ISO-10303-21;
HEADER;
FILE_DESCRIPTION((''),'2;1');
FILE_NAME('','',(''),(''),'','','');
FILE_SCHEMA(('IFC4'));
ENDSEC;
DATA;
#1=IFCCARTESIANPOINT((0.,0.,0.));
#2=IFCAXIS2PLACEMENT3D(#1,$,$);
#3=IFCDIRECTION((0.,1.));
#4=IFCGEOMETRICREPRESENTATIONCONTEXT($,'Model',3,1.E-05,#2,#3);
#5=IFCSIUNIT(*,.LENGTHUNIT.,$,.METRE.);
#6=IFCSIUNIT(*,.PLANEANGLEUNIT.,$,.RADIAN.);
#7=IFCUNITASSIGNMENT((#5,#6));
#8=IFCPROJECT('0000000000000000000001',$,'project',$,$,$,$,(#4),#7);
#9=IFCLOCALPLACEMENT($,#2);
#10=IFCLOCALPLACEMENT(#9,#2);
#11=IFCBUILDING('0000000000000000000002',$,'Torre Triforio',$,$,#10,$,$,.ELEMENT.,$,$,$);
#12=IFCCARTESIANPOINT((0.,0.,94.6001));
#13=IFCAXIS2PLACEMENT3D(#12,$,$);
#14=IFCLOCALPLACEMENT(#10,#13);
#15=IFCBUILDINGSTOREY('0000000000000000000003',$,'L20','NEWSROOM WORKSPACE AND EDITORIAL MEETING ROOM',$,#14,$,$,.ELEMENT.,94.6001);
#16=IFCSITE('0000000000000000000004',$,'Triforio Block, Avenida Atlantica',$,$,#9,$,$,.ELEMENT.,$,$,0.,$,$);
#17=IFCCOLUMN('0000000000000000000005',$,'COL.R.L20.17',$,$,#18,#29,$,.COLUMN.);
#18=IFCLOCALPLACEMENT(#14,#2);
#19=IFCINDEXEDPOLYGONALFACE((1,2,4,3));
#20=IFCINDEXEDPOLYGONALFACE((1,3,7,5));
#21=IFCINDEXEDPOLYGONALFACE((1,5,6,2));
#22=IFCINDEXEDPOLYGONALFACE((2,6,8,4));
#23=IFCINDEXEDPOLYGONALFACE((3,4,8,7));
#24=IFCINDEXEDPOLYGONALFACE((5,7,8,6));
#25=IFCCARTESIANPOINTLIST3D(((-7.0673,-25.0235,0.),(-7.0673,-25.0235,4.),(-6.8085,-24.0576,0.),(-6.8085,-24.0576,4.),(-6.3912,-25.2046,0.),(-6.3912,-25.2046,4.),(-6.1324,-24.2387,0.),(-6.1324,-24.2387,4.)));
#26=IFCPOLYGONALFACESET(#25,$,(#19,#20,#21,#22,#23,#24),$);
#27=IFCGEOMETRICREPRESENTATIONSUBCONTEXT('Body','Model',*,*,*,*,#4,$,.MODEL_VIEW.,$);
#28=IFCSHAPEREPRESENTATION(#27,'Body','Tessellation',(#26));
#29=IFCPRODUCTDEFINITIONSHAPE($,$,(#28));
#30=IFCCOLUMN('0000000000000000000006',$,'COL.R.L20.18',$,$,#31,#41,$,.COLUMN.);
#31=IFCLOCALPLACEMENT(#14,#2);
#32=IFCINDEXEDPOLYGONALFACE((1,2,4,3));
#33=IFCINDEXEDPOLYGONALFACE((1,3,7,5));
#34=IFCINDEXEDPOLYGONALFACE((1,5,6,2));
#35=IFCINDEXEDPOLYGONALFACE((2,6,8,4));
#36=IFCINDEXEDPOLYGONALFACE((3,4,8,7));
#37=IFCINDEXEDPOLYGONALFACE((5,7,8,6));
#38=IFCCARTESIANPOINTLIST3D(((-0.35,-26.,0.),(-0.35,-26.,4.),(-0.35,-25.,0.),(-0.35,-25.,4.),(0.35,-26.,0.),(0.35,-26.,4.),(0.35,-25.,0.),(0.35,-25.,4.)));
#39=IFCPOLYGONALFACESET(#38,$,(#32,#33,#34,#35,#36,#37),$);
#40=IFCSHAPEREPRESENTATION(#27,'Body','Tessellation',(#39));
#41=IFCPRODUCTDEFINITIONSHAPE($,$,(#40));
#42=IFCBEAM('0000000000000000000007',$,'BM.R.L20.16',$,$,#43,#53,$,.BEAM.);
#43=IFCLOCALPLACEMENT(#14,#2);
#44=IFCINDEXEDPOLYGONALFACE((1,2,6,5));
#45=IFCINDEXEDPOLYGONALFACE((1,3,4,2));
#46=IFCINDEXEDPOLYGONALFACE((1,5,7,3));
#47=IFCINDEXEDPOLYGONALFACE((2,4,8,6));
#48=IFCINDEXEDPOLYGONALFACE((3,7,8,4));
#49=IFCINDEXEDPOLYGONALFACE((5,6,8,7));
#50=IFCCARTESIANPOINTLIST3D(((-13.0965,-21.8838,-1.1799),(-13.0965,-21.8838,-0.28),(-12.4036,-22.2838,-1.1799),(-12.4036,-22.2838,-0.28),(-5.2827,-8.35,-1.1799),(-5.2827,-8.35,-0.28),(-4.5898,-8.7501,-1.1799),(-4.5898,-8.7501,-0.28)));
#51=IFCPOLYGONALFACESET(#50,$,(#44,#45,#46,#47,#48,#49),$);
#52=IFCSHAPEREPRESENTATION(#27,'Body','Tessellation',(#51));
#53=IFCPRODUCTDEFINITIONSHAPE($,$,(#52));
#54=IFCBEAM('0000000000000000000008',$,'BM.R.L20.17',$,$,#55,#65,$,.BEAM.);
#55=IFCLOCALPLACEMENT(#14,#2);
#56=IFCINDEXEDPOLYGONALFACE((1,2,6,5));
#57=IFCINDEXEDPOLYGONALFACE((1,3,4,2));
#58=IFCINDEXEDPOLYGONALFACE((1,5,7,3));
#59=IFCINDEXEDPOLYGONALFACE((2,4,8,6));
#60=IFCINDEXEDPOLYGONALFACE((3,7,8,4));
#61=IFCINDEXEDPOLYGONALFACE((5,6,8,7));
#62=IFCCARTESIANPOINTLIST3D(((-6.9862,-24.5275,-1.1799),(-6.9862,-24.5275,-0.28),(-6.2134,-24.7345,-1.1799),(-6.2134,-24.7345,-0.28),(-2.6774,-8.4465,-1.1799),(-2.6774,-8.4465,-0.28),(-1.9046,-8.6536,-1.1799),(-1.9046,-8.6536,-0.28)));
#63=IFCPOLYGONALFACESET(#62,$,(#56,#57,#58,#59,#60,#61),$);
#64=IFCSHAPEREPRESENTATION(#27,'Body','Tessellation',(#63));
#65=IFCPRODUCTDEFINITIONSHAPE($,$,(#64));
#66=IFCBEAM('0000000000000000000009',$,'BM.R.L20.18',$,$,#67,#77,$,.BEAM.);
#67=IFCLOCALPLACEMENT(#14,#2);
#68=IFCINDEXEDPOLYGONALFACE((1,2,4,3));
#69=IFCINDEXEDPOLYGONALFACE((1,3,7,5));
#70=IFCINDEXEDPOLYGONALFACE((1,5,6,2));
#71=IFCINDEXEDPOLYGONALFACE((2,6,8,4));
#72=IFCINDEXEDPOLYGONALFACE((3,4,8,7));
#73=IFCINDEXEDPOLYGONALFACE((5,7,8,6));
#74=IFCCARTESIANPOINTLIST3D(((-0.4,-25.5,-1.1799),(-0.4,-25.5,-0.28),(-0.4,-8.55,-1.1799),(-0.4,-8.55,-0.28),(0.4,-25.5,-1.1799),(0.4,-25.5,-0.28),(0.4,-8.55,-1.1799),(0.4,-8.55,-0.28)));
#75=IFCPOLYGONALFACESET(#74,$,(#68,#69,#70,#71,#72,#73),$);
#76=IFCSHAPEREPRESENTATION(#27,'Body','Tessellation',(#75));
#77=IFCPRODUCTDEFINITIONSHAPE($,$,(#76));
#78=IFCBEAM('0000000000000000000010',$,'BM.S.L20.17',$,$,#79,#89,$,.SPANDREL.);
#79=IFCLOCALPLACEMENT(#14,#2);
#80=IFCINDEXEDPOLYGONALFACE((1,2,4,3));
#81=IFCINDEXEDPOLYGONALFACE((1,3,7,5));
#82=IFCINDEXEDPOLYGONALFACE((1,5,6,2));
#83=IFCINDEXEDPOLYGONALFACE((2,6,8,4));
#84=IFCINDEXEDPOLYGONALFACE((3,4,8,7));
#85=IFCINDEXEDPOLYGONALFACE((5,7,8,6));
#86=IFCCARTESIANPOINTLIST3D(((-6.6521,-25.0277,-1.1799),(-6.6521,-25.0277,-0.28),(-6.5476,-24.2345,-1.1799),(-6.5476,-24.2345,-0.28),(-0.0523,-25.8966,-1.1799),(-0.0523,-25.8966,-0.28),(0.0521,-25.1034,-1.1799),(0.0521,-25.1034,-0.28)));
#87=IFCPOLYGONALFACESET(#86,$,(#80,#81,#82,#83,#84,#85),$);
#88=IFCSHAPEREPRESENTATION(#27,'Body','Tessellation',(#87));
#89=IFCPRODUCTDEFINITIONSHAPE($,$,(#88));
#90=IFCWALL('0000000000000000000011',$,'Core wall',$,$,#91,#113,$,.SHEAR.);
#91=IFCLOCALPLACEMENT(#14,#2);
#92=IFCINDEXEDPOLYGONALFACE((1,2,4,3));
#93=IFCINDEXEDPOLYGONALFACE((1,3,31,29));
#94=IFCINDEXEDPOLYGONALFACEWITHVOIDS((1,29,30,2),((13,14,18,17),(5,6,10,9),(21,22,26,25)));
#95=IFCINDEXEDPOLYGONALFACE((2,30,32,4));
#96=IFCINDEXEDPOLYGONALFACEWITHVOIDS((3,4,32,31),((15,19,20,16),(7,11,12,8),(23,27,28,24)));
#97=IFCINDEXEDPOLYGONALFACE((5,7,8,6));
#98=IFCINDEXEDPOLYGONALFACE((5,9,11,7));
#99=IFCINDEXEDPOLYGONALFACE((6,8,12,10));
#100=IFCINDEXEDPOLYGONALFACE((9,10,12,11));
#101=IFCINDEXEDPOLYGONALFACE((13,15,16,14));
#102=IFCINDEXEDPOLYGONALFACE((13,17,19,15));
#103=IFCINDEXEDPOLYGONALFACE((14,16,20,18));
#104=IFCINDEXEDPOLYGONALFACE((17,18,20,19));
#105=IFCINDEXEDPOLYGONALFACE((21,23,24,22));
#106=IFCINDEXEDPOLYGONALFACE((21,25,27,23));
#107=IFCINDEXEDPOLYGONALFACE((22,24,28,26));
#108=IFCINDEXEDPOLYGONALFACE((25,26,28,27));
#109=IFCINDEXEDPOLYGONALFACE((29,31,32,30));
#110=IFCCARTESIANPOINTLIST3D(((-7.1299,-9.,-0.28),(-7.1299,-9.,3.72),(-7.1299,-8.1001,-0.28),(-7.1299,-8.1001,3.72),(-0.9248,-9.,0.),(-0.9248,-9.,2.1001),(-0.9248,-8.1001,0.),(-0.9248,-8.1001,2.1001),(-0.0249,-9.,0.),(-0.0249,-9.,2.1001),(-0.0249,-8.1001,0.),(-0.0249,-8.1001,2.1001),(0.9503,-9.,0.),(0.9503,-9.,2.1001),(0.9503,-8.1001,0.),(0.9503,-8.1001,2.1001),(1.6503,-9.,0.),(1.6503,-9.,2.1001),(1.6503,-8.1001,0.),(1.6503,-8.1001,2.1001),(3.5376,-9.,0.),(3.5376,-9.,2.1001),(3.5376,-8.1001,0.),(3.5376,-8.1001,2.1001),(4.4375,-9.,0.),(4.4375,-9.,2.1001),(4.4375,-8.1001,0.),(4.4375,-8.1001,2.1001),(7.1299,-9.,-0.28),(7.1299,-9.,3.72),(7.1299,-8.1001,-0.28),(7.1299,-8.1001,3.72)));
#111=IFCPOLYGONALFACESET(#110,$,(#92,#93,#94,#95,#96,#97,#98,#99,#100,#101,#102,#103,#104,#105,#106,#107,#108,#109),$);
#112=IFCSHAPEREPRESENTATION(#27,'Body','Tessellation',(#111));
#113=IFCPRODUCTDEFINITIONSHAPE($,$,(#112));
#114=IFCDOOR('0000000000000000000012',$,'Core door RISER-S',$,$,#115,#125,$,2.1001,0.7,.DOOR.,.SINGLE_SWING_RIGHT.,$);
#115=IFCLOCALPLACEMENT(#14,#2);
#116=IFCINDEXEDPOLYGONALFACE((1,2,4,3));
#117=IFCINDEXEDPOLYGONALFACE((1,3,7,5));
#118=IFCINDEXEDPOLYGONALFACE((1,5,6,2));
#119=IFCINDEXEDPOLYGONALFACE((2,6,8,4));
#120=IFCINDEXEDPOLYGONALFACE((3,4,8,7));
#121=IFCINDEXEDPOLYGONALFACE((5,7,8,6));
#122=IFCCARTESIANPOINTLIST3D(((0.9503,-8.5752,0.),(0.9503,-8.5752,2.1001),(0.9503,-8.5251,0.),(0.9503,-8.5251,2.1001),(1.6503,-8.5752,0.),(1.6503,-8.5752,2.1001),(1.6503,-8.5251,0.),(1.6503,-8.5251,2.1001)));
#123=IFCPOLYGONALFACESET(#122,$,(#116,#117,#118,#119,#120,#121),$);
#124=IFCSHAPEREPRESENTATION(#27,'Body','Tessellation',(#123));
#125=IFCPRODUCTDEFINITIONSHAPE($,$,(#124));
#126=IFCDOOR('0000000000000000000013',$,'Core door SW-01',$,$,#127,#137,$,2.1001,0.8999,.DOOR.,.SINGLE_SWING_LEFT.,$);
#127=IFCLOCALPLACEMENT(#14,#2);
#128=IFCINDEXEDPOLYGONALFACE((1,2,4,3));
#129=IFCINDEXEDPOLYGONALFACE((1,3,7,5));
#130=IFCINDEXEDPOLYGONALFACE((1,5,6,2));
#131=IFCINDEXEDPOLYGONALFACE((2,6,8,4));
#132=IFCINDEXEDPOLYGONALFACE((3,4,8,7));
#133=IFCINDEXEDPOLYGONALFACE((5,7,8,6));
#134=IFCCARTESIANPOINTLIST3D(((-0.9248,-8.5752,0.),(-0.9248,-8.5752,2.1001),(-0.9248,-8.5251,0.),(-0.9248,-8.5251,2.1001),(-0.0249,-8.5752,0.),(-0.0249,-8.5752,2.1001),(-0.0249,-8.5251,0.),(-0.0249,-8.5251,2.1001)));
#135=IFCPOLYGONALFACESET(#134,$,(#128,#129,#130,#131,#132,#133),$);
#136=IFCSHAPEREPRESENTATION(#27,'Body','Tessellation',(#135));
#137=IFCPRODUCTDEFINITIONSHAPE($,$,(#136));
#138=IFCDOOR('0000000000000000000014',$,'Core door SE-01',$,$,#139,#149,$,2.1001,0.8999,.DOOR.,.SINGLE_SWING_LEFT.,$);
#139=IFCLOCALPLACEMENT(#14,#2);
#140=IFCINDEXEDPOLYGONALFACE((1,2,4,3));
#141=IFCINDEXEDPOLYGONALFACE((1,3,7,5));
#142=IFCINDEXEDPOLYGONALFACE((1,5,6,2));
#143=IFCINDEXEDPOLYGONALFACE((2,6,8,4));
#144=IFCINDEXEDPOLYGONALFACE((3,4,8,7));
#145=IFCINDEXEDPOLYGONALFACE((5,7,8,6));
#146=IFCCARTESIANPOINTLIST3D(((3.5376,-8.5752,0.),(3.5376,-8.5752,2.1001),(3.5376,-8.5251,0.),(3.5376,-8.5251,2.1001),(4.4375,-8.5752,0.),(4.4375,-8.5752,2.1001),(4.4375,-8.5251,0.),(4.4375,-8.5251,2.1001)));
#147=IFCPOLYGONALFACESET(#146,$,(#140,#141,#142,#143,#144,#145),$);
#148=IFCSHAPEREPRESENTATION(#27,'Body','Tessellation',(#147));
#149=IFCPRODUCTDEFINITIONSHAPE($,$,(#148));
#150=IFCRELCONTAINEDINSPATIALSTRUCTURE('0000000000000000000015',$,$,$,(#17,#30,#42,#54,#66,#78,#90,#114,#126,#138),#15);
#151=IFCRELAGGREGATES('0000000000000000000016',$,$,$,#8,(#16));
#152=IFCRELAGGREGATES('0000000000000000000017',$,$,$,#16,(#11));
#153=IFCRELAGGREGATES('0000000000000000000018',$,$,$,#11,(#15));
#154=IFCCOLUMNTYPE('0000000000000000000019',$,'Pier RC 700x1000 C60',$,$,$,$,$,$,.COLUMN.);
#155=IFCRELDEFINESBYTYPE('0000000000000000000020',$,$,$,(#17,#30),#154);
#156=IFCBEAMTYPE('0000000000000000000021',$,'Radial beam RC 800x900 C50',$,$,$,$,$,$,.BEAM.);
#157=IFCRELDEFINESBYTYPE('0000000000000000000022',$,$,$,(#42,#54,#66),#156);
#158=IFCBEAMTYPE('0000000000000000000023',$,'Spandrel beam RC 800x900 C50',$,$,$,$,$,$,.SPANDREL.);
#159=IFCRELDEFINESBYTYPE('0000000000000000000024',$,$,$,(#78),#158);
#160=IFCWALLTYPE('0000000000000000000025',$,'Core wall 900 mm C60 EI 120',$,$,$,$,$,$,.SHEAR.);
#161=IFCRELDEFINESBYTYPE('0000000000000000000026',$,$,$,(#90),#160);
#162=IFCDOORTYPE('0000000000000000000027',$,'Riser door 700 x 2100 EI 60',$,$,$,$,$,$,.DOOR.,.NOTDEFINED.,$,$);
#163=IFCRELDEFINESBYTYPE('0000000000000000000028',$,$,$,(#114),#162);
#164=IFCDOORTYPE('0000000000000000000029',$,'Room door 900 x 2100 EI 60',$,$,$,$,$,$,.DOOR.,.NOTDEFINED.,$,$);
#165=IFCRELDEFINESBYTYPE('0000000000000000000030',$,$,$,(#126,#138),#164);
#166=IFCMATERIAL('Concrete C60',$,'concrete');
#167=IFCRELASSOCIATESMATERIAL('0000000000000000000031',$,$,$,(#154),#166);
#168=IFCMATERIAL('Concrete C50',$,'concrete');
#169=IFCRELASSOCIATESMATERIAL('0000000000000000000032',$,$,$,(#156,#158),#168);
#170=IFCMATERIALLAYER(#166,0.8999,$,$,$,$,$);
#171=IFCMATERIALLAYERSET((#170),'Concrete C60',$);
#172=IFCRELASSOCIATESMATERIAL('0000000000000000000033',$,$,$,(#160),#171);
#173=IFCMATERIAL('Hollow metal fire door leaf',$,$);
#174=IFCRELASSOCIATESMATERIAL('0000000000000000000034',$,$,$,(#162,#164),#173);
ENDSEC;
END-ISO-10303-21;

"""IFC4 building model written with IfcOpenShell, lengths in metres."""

from ifc_helpers import new_model, si_unit, direction, frame, frame_2d, origin, origin_2d, place, context, subcontext, project, spatial, rectangle, extrude, material, layer, layer_set, material_profile, profile_set, type_object, element, fill, save


model = new_model("IFC4")

# Units and contexts
model_context = context("Model", 3, precision=1e-05, world=origin(), true_north=direction((0.0, 1.0)))
body_context = subcontext(model_context, "Body", "Model", "MODEL_VIEW")
ifc_project = project(units=[si_unit("LENGTHUNIT", "METRE"), si_unit("PLANEANGLEUNIT", "RADIAN")], contexts=[model_context])

# Site, building, storey
site_placement = place(None, origin())
site = spatial("IfcSite", under=ifc_project, at=site_placement, Name="Triforio Block, Avenida Atlantica", CompositionType="ELEMENT", RefElevation=0.0)
building_placement = place(site_placement, origin())
building = spatial("IfcBuilding", under=site, at=building_placement, Name="Torre Triforio", CompositionType="ELEMENT")
storey_placement = place(building_placement, frame((0.0, 0.0, 94.6001)))
storey = spatial("IfcBuildingStorey", under=building, at=storey_placement, Name="L20", Description="NEWSROOM WORKSPACE AND EDITORIAL MEETING ROOM", CompositionType="ELEMENT", Elevation=94.6001)

# Columns
ifc_material_1 = material(Name="Concrete C60", Category="concrete")
ifc_material_profile_1 = material_profile(ifc_material_1, rectangle(XDim=0.7, YDim=1.0, at=origin_2d()), Name="RC 700x1000")
ifc_profile_set_1 = profile_set([ifc_material_profile_1], Name="Concrete C60")
column_type = type_object("IfcColumnType", Name="Pier RC 700x1000 C60", PredefinedType="COLUMN", material=ifc_profile_set_1)
for number, where, z_axis, x_axis, name in (
    (1, (-6.5999, -24.6311, 0.0), (0.0, 0.0, 1.0), (0.965926, -0.258819, 0.0), "COL.R.L20.17"),
    (2, (0.0, -25.5, 0.0), (0.0, 0.0, 1.0), (1.0, 0.0, 0.0), "COL.R.L20.18"),
):
    element("IfcColumn", number, at=place(storey_placement, frame(where, z_axis=z_axis, x_axis=x_axis)), inside=storey, type_object=column_type, Name=name, PredefinedType="COLUMN", context=body_context, shape_type="SweptSolid", body=[
        extrude(rectangle(XDim=0.7, YDim=1.0, at=origin_2d()), origin(), (0.0, 0.0, 1.0), 4.0),
    ])

# Beams
ifc_material_2 = material(Name="Concrete C50", Category="concrete")
ifc_material_profile_2 = material_profile(ifc_material_2, rectangle(XDim=0.8, YDim=0.8999, at=origin_2d()), Name="RC 800x900")
ifc_profile_set_2 = profile_set([ifc_material_profile_2], Name="Concrete C50")
beam_type_1 = type_object("IfcBeamType", Name="Radial beam RC 800x900 C50", PredefinedType="BEAM", material=ifc_profile_set_2)
beam_1_placement = place(storey_placement, frame((-4.9363, -8.55, -0.73), z_axis=(-0.500002, -0.866024, 0.0), x_axis=(0.866024, -0.500002, 0.0)))
element("IfcBeam", 3, at=beam_1_placement, inside=storey, type_object=beam_type_1, Name="BM.R.L20.16", PredefinedType="BEAM", context=body_context, shape_type="SweptSolid", body=[
    extrude(rectangle(XDim=0.8, YDim=0.8999, at=origin_2d()), origin(), (0.0, 0.0, 1.0), 15.6274),
])
beam_2_placement = place(storey_placement, frame((-2.291, -8.55, -0.73), z_axis=(-0.258815, -0.965927, 0.0), x_axis=(0.965927, -0.258815, 0.0)))
element("IfcBeam", 4, at=beam_2_placement, inside=storey, type_object=beam_type_1, Name="BM.R.L20.17", PredefinedType="BEAM", context=body_context, shape_type="SweptSolid", body=[
    extrude(rectangle(XDim=0.8, YDim=0.8999, at=origin_2d()), origin(), (0.0, 0.0, 1.0), 16.6482),
])
beam_3_placement = place(storey_placement, frame((0.0, -8.55, -0.73), z_axis=(0.0, -1.0, 0.0), x_axis=(1.0, 0.0, 0.0)))
element("IfcBeam", 5, at=beam_3_placement, inside=storey, type_object=beam_type_1, Name="BM.R.L20.18", PredefinedType="BEAM", context=body_context, shape_type="SweptSolid", body=[
    extrude(rectangle(XDim=0.8, YDim=0.8999, at=origin_2d()), origin(), (0.0, 0.0, 1.0), 16.95),
])
ifc_material_profile_3 = material_profile(ifc_material_2, rectangle(XDim=0.8, YDim=0.8999, at=origin_2d()), Name="RC 800x900")
ifc_profile_set_3 = profile_set([ifc_material_profile_3], Name="Concrete C50")
beam_type_2 = type_object("IfcBeamType", Name="Spandrel beam RC 800x900 C50", PredefinedType="SPANDREL", material=ifc_profile_set_3)
beam_4_placement = place(storey_placement, frame((-6.5999, -24.6311, -0.73), z_axis=(0.991445, -0.130528, 0.0), x_axis=(0.130528, 0.991445, 0.0)))
element("IfcBeam", 6, at=beam_4_placement, inside=storey, type_object=beam_type_2, Name="BM.S.L20.17", PredefinedType="SPANDREL", context=body_context, shape_type="SweptSolid", body=[
    extrude(rectangle(XDim=0.8, YDim=0.8999, at=origin_2d()), origin(), (0.0, 0.0, 1.0), 6.6567),
])

# Wall, openings, doors
ifc_layer_1 = layer(ifc_material_1, 0.8999)
ifc_layer_set_1 = layer_set([ifc_layer_1], Name="Concrete C60")
wall_type_1 = type_object("IfcWallType", Name="Core wall 900 mm C60 EI 120", PredefinedType="SHEAR", material=ifc_layer_set_1)
wall_1_placement = place(storey_placement, frame((-7.1299, -8.55, -0.28), z_axis=(0.0, 0.0, 1.0), x_axis=(1.0, 0.0, 0.0)))
wall_1 = element("IfcWall", 7, at=wall_1_placement, inside=storey, type_object=wall_type_1, Name="Core wall", PredefinedType="SHEAR", context=body_context, shape_type="SweptSolid", body=[
    extrude(rectangle(XDim=14.2598, YDim=0.8999, at=frame_2d((7.1299, 0.0))), origin(), (0.0, 0.0, 1.0), 4.0),
])
opening_1_placement = place(wall_1_placement, frame((8.0801, 0.0, 0.28)))
opening_1 = element("IfcOpeningElement", 8, at=opening_1_placement, cuts=wall_1, PredefinedType="OPENING", context=body_context, shape_type="SweptSolid", body=[
    extrude(rectangle(XDim=0.7, YDim=2.1001, at=frame_2d((0.3501, 1.05))), frame((0.0, 0.46, 0.0), z_axis=(0.0, -1.0, 0.0), x_axis=(1.0, 0.0, 0.0)), (0.0, 0.0, 1.0), 0.9199),
])
opening_2_placement = place(wall_1_placement, frame((6.2051, 0.0, 0.28)))
opening_2 = element("IfcOpeningElement", 9, at=opening_2_placement, cuts=wall_1, PredefinedType="OPENING", context=body_context, shape_type="SweptSolid", body=[
    extrude(rectangle(XDim=0.8999, YDim=2.1001, at=frame_2d((0.45, 1.05))), frame((0.0, 0.46, 0.0), z_axis=(0.0, -1.0, 0.0), x_axis=(1.0, 0.0, 0.0)), (0.0, 0.0, 1.0), 0.9199),
])
opening_3_placement = place(wall_1_placement, frame((10.6675, 0.0, 0.28)))
opening_3 = element("IfcOpeningElement", 10, at=opening_3_placement, cuts=wall_1, PredefinedType="OPENING", context=body_context, shape_type="SweptSolid", body=[
    extrude(rectangle(XDim=0.8999, YDim=2.1001, at=frame_2d((0.45, 1.05))), frame((0.0, 0.46, 0.0), z_axis=(0.0, -1.0, 0.0), x_axis=(1.0, 0.0, 0.0)), (0.0, 0.0, 1.0), 0.9199),
])
ifc_material_3 = material(Name="Hollow metal fire door leaf")
door_type_1 = type_object("IfcDoorType", Name="Riser door 700 x 2100 EI 60", OperationType="NOTDEFINED", PredefinedType="DOOR", material=ifc_material_3)
door_1_placement = place(opening_1_placement, origin())
door_1 = element("IfcDoor", 11, at=door_1_placement, inside=storey, type_object=door_type_1, Name="Core door RISER-S", OperationType="SINGLE_SWING_RIGHT", OverallHeight=2.1001, OverallWidth=0.7, PredefinedType="DOOR", context=body_context, shape_type="SweptSolid", body=[
    extrude(rectangle(XDim=0.7, YDim=2.1001, at=frame_2d((0.3501, 1.05))), frame((0.0, 0.0249, 0.0), z_axis=(0.0, -1.0, 0.0), x_axis=(1.0, 0.0, 0.0)), (0.0, 0.0, 1.0), 0.05),
])
fill(opening_1, door_1)
door_type_2 = type_object("IfcDoorType", Name="Room door 900 x 2100 EI 60", OperationType="NOTDEFINED", PredefinedType="DOOR", material=ifc_material_3)
door_2_placement = place(opening_2_placement, origin())
door_2 = element("IfcDoor", 12, at=door_2_placement, inside=storey, type_object=door_type_2, Name="Core door SW-01", OperationType="SINGLE_SWING_LEFT", OverallHeight=2.1001, OverallWidth=0.8999, PredefinedType="DOOR", context=body_context, shape_type="SweptSolid", body=[
    extrude(rectangle(XDim=0.8999, YDim=2.1001, at=frame_2d((0.45, 1.05))), frame((0.0, 0.0249, 0.0), z_axis=(0.0, -1.0, 0.0), x_axis=(1.0, 0.0, 0.0)), (0.0, 0.0, 1.0), 0.05),
])
fill(opening_2, door_2)
door_3_placement = place(opening_3_placement, origin())
door_3 = element("IfcDoor", 13, at=door_3_placement, inside=storey, type_object=door_type_2, Name="Core door SE-01", OperationType="SINGLE_SWING_LEFT", OverallHeight=2.1001, OverallWidth=0.8999, PredefinedType="DOOR", context=body_context, shape_type="SweptSolid", body=[
    extrude(rectangle(XDim=0.8999, YDim=2.1001, at=frame_2d((0.45, 1.05))), frame((0.0, 0.0249, 0.0), z_axis=(0.0, -1.0, 0.0), x_axis=(1.0, 0.0, 0.0)), (0.0, 0.0, 1.0), 0.05),
])
fill(opening_3, door_3)

save(model, "model.ifc")
